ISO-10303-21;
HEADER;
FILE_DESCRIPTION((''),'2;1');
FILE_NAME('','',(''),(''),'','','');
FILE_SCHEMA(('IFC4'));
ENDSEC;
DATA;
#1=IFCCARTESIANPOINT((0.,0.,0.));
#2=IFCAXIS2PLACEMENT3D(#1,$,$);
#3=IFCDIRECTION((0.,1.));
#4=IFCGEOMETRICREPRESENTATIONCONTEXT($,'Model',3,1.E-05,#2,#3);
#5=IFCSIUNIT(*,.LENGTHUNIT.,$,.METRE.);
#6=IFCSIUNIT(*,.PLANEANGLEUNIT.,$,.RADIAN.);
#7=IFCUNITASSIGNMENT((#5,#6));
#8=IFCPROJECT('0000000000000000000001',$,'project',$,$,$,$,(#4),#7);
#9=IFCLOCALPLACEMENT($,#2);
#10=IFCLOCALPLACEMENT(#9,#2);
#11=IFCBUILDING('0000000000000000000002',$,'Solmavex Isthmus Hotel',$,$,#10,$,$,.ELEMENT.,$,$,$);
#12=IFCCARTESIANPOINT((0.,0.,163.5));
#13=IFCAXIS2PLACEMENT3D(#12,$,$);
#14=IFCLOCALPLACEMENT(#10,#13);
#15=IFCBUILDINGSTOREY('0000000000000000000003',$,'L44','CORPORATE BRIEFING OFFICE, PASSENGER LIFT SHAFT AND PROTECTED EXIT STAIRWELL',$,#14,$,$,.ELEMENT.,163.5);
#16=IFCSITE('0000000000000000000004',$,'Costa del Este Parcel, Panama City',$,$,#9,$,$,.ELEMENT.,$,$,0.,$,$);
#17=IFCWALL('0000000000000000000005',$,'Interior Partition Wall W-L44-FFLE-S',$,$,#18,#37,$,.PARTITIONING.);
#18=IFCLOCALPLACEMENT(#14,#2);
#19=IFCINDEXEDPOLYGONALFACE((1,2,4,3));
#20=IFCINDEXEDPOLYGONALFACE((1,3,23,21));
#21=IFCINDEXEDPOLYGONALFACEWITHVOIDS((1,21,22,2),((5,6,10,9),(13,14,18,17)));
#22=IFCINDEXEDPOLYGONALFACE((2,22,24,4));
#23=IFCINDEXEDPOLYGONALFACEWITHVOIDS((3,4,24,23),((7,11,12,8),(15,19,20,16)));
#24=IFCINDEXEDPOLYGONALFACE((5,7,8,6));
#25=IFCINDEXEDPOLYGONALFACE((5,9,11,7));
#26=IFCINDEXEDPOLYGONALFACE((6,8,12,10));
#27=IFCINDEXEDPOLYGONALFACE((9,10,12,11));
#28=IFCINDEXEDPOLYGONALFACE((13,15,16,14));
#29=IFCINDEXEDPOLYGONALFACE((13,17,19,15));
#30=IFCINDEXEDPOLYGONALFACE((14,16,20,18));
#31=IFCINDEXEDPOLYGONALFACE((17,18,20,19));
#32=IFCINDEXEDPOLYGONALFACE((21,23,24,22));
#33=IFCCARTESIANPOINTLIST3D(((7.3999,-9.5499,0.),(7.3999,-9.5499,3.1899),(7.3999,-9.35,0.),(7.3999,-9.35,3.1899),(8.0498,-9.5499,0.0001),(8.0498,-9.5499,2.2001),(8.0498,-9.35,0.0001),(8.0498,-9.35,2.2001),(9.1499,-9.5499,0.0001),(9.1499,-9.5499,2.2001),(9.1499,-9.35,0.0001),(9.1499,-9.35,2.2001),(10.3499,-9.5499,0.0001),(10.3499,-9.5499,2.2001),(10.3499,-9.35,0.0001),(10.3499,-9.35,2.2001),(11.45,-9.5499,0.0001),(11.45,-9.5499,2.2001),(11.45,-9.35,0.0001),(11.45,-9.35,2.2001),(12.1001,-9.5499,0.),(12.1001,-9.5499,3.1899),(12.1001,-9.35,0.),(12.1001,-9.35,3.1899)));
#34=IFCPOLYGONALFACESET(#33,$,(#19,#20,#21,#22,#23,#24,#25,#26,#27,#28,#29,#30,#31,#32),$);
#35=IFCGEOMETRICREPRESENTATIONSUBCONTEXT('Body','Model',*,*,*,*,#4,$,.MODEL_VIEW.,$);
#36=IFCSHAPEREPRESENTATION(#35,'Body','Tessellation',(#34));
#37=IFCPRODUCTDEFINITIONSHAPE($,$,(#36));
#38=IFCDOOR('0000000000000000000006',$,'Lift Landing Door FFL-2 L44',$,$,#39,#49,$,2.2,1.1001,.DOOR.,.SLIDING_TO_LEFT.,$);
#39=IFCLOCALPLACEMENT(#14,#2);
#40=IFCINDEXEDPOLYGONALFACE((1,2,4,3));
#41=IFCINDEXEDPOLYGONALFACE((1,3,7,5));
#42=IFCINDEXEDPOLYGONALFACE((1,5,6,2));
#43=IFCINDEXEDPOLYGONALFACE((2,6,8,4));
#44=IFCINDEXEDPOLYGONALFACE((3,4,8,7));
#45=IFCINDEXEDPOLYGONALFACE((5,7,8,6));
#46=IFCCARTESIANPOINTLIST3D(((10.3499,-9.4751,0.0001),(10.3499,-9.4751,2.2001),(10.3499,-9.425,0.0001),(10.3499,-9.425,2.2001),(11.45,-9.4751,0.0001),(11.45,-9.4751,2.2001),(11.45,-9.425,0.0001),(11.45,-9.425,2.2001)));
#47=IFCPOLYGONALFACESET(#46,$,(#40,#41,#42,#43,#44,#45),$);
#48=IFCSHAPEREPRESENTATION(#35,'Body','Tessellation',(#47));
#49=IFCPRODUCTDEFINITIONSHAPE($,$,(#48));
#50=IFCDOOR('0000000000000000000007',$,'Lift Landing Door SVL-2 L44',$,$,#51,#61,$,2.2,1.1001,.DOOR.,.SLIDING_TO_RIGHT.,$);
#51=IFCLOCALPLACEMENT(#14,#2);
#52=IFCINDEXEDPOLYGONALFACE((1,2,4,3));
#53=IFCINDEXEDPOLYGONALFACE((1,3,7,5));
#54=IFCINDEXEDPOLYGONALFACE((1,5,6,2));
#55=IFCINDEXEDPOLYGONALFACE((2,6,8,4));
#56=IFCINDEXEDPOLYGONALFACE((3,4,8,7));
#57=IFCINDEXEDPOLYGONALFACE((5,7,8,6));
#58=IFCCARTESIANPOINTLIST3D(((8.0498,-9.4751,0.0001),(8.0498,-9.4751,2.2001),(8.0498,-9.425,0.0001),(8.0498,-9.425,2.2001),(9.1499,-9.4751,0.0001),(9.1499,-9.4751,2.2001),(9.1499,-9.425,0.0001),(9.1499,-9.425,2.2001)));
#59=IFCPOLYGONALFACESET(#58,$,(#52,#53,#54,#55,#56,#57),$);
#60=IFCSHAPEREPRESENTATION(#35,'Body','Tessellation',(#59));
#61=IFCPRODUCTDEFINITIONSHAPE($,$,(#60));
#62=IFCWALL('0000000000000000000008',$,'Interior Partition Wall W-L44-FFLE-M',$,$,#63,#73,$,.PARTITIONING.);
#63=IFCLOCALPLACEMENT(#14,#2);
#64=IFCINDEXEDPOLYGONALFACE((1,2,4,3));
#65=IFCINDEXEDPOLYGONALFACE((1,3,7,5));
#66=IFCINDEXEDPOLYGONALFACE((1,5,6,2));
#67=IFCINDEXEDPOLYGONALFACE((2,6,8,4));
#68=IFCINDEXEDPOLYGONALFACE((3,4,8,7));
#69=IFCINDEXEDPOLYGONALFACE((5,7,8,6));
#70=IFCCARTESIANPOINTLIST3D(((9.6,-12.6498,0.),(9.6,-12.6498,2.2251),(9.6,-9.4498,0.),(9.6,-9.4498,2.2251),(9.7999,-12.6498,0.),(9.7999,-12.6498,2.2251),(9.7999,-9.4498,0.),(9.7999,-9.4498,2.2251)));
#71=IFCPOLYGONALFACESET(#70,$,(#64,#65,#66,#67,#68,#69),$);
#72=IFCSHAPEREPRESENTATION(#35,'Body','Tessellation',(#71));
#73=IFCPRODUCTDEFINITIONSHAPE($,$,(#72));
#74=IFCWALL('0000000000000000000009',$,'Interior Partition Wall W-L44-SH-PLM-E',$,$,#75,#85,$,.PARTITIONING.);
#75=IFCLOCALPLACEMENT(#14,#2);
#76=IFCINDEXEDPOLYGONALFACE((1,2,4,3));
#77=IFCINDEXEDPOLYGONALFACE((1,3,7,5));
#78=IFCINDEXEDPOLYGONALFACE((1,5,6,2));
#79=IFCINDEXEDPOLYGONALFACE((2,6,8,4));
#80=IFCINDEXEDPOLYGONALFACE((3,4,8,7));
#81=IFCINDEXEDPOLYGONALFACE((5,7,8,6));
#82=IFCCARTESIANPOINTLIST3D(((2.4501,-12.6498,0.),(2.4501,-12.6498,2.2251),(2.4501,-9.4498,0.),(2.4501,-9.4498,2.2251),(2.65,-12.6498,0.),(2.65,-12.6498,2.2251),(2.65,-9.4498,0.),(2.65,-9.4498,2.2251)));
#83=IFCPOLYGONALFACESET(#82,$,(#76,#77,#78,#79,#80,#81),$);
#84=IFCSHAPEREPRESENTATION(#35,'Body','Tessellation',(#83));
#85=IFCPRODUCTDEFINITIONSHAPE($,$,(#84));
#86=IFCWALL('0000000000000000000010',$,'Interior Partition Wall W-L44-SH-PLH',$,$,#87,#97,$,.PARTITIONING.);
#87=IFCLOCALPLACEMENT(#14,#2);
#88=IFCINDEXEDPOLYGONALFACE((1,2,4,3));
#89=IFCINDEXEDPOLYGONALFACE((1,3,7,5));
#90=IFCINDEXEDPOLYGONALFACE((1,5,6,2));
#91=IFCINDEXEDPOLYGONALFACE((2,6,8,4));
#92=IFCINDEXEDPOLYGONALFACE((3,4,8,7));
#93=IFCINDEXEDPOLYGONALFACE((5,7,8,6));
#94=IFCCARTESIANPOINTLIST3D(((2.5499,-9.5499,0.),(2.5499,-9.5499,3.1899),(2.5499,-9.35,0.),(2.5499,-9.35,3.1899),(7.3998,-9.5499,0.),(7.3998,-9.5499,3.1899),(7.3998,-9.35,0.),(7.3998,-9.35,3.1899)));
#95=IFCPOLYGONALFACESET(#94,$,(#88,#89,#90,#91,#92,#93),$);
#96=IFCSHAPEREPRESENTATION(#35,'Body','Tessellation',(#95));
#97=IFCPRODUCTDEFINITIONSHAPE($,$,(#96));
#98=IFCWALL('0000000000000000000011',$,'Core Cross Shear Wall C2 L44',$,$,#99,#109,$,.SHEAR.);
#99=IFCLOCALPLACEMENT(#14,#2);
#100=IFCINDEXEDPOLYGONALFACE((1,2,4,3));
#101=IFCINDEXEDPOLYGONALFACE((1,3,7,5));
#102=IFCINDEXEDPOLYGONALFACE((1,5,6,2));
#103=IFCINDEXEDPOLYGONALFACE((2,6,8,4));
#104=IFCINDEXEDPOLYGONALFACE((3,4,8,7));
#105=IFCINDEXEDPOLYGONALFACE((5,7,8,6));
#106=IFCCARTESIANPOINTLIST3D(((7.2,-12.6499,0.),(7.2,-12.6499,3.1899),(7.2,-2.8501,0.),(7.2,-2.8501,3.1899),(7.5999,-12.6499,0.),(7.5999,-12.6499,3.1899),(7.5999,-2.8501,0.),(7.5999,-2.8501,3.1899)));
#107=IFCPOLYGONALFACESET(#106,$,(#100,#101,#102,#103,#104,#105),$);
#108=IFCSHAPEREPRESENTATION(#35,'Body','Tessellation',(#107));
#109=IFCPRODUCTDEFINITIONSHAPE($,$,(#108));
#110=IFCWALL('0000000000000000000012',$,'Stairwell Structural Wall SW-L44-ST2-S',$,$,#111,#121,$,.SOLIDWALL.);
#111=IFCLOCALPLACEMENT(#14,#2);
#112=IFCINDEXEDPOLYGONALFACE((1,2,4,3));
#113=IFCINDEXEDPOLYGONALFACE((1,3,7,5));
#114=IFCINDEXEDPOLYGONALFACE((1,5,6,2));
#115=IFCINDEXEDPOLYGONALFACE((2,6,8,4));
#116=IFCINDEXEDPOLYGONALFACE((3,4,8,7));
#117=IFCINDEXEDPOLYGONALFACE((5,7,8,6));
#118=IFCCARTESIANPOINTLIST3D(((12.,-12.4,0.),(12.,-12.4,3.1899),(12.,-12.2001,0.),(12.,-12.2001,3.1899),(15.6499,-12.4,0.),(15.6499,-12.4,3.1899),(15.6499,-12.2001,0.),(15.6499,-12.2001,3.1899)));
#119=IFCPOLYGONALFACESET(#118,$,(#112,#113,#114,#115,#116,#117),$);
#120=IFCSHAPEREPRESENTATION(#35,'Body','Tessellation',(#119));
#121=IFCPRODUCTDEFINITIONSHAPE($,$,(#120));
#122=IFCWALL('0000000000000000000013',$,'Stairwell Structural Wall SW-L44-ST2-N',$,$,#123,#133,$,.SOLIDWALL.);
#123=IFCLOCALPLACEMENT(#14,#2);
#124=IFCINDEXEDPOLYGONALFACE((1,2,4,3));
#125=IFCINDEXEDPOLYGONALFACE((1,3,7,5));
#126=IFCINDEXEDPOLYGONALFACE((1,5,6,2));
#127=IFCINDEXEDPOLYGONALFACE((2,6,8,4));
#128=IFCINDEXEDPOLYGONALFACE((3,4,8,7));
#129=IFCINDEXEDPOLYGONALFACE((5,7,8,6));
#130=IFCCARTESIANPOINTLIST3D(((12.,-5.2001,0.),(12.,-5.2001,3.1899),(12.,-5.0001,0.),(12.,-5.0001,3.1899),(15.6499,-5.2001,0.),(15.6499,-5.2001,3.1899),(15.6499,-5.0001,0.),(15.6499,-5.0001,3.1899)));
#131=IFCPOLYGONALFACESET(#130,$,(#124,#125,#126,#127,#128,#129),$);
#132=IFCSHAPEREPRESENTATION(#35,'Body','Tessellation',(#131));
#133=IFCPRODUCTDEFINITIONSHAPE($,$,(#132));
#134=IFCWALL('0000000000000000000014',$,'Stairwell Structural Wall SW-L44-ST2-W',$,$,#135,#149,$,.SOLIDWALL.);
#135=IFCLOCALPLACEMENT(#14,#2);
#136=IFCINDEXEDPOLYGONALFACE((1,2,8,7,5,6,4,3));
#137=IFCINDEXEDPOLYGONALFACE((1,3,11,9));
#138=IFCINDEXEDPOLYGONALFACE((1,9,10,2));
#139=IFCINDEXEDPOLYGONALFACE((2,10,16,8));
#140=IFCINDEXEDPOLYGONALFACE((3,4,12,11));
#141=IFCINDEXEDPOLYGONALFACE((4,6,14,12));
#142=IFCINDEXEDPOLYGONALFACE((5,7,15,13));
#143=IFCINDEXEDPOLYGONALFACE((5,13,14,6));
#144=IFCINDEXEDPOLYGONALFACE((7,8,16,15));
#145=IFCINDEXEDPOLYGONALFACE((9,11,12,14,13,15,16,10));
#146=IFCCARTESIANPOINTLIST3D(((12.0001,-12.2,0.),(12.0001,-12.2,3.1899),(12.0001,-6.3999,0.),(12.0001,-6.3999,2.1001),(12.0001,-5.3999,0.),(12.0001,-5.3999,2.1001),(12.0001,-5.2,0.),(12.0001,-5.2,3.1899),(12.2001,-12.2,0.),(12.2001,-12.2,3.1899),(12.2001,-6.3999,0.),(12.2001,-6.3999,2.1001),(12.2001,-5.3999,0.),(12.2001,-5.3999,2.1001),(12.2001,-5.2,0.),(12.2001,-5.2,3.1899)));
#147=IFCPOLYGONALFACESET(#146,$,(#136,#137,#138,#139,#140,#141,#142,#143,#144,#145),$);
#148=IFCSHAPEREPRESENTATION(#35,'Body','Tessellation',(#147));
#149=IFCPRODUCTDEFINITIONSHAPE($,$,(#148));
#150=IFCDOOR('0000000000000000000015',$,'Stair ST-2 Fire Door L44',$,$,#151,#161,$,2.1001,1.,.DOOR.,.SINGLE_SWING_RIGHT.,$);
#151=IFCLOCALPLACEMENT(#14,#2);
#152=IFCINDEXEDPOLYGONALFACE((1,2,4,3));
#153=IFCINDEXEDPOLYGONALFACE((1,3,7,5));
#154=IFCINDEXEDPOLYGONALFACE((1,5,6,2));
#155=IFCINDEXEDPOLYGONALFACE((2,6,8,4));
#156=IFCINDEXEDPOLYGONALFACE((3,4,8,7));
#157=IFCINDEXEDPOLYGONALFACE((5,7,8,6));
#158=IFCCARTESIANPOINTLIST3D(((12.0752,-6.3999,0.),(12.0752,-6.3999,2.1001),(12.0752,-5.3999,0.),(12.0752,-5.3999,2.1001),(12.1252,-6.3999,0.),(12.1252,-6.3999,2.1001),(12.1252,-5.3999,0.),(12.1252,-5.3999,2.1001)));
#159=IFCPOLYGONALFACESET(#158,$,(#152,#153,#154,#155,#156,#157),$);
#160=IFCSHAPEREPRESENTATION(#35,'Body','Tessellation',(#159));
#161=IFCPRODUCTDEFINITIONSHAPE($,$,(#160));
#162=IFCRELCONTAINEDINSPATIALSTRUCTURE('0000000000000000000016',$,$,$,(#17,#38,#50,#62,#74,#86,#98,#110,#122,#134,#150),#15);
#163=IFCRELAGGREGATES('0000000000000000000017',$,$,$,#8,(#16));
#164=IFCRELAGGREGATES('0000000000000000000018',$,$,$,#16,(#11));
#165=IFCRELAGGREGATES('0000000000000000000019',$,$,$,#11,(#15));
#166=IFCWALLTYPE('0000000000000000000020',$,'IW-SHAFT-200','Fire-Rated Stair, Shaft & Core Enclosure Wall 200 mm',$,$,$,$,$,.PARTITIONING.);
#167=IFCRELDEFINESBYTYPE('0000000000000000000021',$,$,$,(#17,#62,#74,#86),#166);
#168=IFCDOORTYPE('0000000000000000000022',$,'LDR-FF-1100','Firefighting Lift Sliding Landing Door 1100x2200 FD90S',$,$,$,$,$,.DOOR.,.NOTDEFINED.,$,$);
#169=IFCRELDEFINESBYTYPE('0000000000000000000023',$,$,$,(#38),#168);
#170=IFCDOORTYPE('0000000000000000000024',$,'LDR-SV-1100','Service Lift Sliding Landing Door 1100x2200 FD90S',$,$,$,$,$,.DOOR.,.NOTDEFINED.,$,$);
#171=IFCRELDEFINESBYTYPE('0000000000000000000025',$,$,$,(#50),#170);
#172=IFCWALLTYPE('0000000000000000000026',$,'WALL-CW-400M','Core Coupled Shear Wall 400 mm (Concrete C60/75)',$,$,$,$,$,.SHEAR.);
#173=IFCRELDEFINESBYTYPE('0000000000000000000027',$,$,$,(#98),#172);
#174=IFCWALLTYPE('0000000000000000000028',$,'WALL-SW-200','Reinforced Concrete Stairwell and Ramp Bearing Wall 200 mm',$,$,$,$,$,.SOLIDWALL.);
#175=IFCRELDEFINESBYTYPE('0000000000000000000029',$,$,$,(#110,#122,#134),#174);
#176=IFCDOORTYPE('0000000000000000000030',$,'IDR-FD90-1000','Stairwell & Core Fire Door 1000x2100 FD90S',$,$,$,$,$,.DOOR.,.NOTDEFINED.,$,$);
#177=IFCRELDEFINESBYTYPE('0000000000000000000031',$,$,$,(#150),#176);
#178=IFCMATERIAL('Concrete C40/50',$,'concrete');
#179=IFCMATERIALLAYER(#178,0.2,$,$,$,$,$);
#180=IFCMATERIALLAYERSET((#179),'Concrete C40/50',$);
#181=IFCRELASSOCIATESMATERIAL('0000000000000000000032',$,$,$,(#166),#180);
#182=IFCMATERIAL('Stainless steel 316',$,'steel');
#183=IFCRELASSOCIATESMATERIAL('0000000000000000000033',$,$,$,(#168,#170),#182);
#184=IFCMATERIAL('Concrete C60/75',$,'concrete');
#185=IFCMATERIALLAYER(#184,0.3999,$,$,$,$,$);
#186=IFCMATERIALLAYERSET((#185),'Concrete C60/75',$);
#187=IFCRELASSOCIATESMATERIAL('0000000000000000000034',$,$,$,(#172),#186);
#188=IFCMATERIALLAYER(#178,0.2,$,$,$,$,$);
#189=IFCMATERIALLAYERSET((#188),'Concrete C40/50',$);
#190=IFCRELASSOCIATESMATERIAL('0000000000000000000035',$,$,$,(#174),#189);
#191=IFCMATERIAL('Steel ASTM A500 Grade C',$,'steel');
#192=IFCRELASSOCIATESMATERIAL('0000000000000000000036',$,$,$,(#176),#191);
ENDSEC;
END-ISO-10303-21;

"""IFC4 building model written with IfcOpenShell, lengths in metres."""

from ifc_helpers import new_model, si_unit, direction, frame, frame_2d, origin, place, context, subcontext, project, spatial, rectangle, extrude, material, layer, layer_set, type_object, element, fill, save


model = new_model("IFC4")

# Units and contexts
model_context = context("Model", 3, precision=1e-05, world=origin(), true_north=direction((0.0, 1.0)))
body_context = subcontext(model_context, "Body", "Model", "MODEL_VIEW")
ifc_project = project(units=[si_unit("LENGTHUNIT", "METRE"), si_unit("PLANEANGLEUNIT", "RADIAN")], contexts=[model_context])

# Site, building, storey
site_placement = place(None, origin())
site = spatial("IfcSite", under=ifc_project, at=site_placement, Name="Costa del Este Parcel, Panama City", CompositionType="ELEMENT", RefElevation=0.0)
building_placement = place(site_placement, origin())
building = spatial("IfcBuilding", under=site, at=building_placement, Name="Solmavex Isthmus Hotel", CompositionType="ELEMENT")
storey_placement = place(building_placement, frame((0.0, 0.0, 163.5)))
storey = spatial("IfcBuildingStorey", under=building, at=storey_placement, Name="L44", Description="CORPORATE BRIEFING OFFICE, PASSENGER LIFT SHAFT AND PROTECTED EXIT STAIRWELL", CompositionType="ELEMENT", Elevation=163.5)

# Shared definitions
ifc_material_1 = material(Name="Concrete C60/75", Category="concrete")

# Shared definitions
ifc_material_2 = material(Name="Steel ASTM A500 Grade C", Category="steel")

# Shared definitions
ifc_material_3 = material(Name="Concrete C40/50", Category="concrete")

# Shared definitions
ifc_layer_1 = layer(ifc_material_3, 0.2)
ifc_layer_set_1 = layer_set([ifc_layer_1], Name="Concrete C40/50")
wall_type_1 = type_object("IfcWallType", Name="IW-SHAFT-200", Description="Fire-Rated Stair, Shaft & Core Enclosure Wall 200 mm", PredefinedType="PARTITIONING", material=ifc_layer_set_1)

# Wall, openings, doors
wall_1_placement = place(storey_placement, frame((7.3999, -9.45, 0.0), z_axis=(0.0, 0.0, 1.0), x_axis=(1.0, 0.0, 0.0)))
wall_1 = element("IfcWall", 1, at=wall_1_placement, inside=storey, type_object=wall_type_1, Name="Interior Partition Wall W-L44-FFLE-S", PredefinedType="PARTITIONING", context=body_context, shape_type="SweptSolid", body=[
    extrude(rectangle(XDim=4.7002, YDim=0.2, at=frame_2d((2.3501, 0.0))), origin(), (0.0, 0.0, 1.0), 3.1899),
])
opening_1_placement = place(wall_1_placement, frame((2.95, 0.0, 0.0)))
opening_1 = element("IfcOpeningElement", 2, at=opening_1_placement, cuts=wall_1, PredefinedType="OPENING", context=body_context, shape_type="SweptSolid", body=[
    extrude(rectangle(XDim=1.1001, YDim=2.2, at=frame_2d((0.55, 1.1001))), frame((0.0, 0.1099, 0.0), z_axis=(0.0, -1.0, 0.0), x_axis=(1.0, 0.0, 0.0)), (0.0, 0.0, 1.0), 0.22),
])
opening_2_placement = place(wall_1_placement, frame((0.6499, 0.0, 0.0)))
opening_2 = element("IfcOpeningElement", 3, at=opening_2_placement, cuts=wall_1, PredefinedType="OPENING", context=body_context, shape_type="SweptSolid", body=[
    extrude(rectangle(XDim=1.1001, YDim=2.2, at=frame_2d((0.55, 1.1001))), frame((0.0, 0.1099, 0.0), z_axis=(0.0, -1.0, 0.0), x_axis=(1.0, 0.0, 0.0)), (0.0, 0.0, 1.0), 0.22),
])
ifc_material_4 = material(Name="Stainless steel 316", Category="steel")
door_type_1 = type_object("IfcDoorType", Name="LDR-FF-1100", Description="Firefighting Lift Sliding Landing Door 1100x2200 FD90S", OperationType="NOTDEFINED", PredefinedType="DOOR", material=ifc_material_4)
door_1_placement = place(opening_1_placement, origin())
door_1 = element("IfcDoor", 4, at=door_1_placement, inside=storey, type_object=door_type_1, Name="Lift Landing Door FFL-2 L44", OperationType="SLIDING_TO_LEFT", OverallHeight=2.2, OverallWidth=1.1001, PredefinedType="DOOR", context=body_context, shape_type="SweptSolid", body=[
    extrude(rectangle(XDim=1.1001, YDim=2.2, at=frame_2d((0.55, 1.1001))), frame((0.0, 0.0249, 0.0), z_axis=(0.0, -1.0, 0.0), x_axis=(1.0, 0.0, 0.0)), (0.0, 0.0, 1.0), 0.05),
])
fill(opening_1, door_1)
door_type_2 = type_object("IfcDoorType", Name="LDR-SV-1100", Description="Service Lift Sliding Landing Door 1100x2200 FD90S", OperationType="NOTDEFINED", PredefinedType="DOOR", material=ifc_material_4)
door_2_placement = place(opening_2_placement, origin())
door_2 = element("IfcDoor", 5, at=door_2_placement, inside=storey, type_object=door_type_2, Name="Lift Landing Door SVL-2 L44", OperationType="SLIDING_TO_RIGHT", OverallHeight=2.2, OverallWidth=1.1001, PredefinedType="DOOR", context=body_context, shape_type="SweptSolid", body=[
    extrude(rectangle(XDim=1.1001, YDim=2.2, at=frame_2d((0.55, 1.1001))), frame((0.0, 0.0249, 0.0), z_axis=(0.0, -1.0, 0.0), x_axis=(1.0, 0.0, 0.0)), (0.0, 0.0, 1.0), 0.05),
])
fill(opening_2, door_2)

# Walls
for number, where, z_axis, x_axis, name in (
    (6, (9.7, -12.6499, 0.0), (0.0, 0.0, 1.0), (0.0, 1.0, 0.0), "Interior Partition Wall W-L44-FFLE-M"),
    (7, (2.55, -12.6499, 0.0), (0.0, 0.0, 1.0), (0.0, 1.0, 0.0), "Interior Partition Wall W-L44-SH-PLM-E"),
):
    element("IfcWall", number, at=place(storey_placement, frame(where, z_axis=z_axis, x_axis=x_axis)), inside=storey, type_object=wall_type_1, Name=name, PredefinedType="PARTITIONING", context=body_context, shape_type="SweptSolid", body=[
        extrude(rectangle(XDim=3.2, YDim=0.2, at=frame_2d((1.6001, 0.0))), origin(), (0.0, 0.0, 1.0), 2.2251),
    ])
wall_2_placement = place(storey_placement, frame((2.55, -9.45, 0.0), z_axis=(0.0, 0.0, 1.0), x_axis=(1.0, 0.0, 0.0)))
element("IfcWall", 8, at=wall_2_placement, inside=storey, type_object=wall_type_1, Name="Interior Partition Wall W-L44-SH-PLH", PredefinedType="PARTITIONING", context=body_context, shape_type="SweptSolid", body=[
    extrude(rectangle(XDim=4.8499, YDim=0.2, at=frame_2d((2.4248, 0.0))), origin(), (0.0, 0.0, 1.0), 3.1899),
])
ifc_layer_2 = layer(ifc_material_1, 0.3999)
ifc_layer_set_2 = layer_set([ifc_layer_2], Name="Concrete C60/75")
wall_type_2 = type_object("IfcWallType", Name="WALL-CW-400M", Description="Core Coupled Shear Wall 400 mm (Concrete C60/75)", PredefinedType="SHEAR", material=ifc_layer_set_2)
wall_3_placement = place(storey_placement, frame((7.3999, -12.6499, 0.0), z_axis=(0.0, 0.0, 1.0), x_axis=(0.0, 1.0, 0.0)))
element("IfcWall", 9, at=wall_3_placement, inside=storey, type_object=wall_type_2, Name="Core Cross Shear Wall C2 L44", PredefinedType="SHEAR", context=body_context, shape_type="SweptSolid", body=[
    extrude(rectangle(XDim=9.7998, YDim=0.3999, at=frame_2d((4.8999, 0.0))), origin(), (0.0, 0.0, 1.0), 3.1899),
])
ifc_layer_3 = layer(ifc_material_3, 0.2)
ifc_layer_set_3 = layer_set([ifc_layer_3], Name="Concrete C40/50")
wall_type_3 = type_object("IfcWallType", Name="WALL-SW-200", Description="Reinforced Concrete Stairwell and Ramp Bearing Wall 200 mm", PredefinedType="SOLIDWALL", material=ifc_layer_set_3)
for number, where, z_axis, x_axis, name in (
    (10, (12.0, -12.3, 0.0), (0.0, 0.0, 1.0), (1.0, 0.0, 0.0), "Stairwell Structural Wall SW-L44-ST2-S"),
    (11, (12.0, -5.1001, 0.0), (0.0, 0.0, 1.0), (1.0, 0.0, 0.0), "Stairwell Structural Wall SW-L44-ST2-N"),
):
    element("IfcWall", number, at=place(storey_placement, frame(where, z_axis=z_axis, x_axis=x_axis)), inside=storey, type_object=wall_type_3, Name=name, PredefinedType="SOLIDWALL", context=body_context, shape_type="SweptSolid", body=[
        extrude(rectangle(XDim=3.6499, YDim=0.2, at=frame_2d((1.825, 0.0))), origin(), (0.0, 0.0, 1.0), 3.1899),
    ])

# Wall, opening, door
wall_4_placement = place(storey_placement, frame((12.1001, -12.2, 0.0), z_axis=(0.0, 0.0, 1.0), x_axis=(0.0, 1.0, 0.0)))
wall_4 = element("IfcWall", 12, at=wall_4_placement, inside=storey, type_object=wall_type_3, Name="Stairwell Structural Wall SW-L44-ST2-W", PredefinedType="SOLIDWALL", context=body_context, shape_type="SweptSolid", body=[
    extrude(rectangle(XDim=7.0, YDim=0.2, at=frame_2d((3.5, 0.0))), origin(), (0.0, 0.0, 1.0), 3.1899),
])
opening_3_placement = place(wall_4_placement, frame((5.8, 0.0, 0.0)))
opening_3 = element("IfcOpeningElement", 13, at=opening_3_placement, cuts=wall_4, PredefinedType="OPENING", context=body_context, shape_type="SweptSolid", body=[
    extrude(rectangle(XDim=1.0, YDim=2.1001, at=frame_2d((0.5, 1.05))), frame((0.0, 0.1099, 0.0), z_axis=(0.0, -1.0, 0.0), x_axis=(1.0, 0.0, 0.0)), (0.0, 0.0, 1.0), 0.22),
])
door_type_3 = type_object("IfcDoorType", Name="IDR-FD90-1000", Description="Stairwell & Core Fire Door 1000x2100 FD90S", OperationType="NOTDEFINED", PredefinedType="DOOR", material=ifc_material_2)
door_3_placement = place(opening_3_placement, origin())
door_3 = element("IfcDoor", 14, at=door_3_placement, inside=storey, type_object=door_type_3, Name="Stair ST-2 Fire Door L44", OperationType="SINGLE_SWING_RIGHT", OverallHeight=2.1001, OverallWidth=1.0, PredefinedType="DOOR", context=body_context, shape_type="SweptSolid", body=[
    extrude(rectangle(XDim=1.0, YDim=2.1001, at=frame_2d((0.5, 1.05))), frame((0.0, 0.0249, 0.0), z_axis=(0.0, -1.0, 0.0), x_axis=(1.0, 0.0, 0.0)), (0.0, 0.0, 1.0), 0.05),
])
fill(opening_3, door_3)

save(model, "model.ifc")
